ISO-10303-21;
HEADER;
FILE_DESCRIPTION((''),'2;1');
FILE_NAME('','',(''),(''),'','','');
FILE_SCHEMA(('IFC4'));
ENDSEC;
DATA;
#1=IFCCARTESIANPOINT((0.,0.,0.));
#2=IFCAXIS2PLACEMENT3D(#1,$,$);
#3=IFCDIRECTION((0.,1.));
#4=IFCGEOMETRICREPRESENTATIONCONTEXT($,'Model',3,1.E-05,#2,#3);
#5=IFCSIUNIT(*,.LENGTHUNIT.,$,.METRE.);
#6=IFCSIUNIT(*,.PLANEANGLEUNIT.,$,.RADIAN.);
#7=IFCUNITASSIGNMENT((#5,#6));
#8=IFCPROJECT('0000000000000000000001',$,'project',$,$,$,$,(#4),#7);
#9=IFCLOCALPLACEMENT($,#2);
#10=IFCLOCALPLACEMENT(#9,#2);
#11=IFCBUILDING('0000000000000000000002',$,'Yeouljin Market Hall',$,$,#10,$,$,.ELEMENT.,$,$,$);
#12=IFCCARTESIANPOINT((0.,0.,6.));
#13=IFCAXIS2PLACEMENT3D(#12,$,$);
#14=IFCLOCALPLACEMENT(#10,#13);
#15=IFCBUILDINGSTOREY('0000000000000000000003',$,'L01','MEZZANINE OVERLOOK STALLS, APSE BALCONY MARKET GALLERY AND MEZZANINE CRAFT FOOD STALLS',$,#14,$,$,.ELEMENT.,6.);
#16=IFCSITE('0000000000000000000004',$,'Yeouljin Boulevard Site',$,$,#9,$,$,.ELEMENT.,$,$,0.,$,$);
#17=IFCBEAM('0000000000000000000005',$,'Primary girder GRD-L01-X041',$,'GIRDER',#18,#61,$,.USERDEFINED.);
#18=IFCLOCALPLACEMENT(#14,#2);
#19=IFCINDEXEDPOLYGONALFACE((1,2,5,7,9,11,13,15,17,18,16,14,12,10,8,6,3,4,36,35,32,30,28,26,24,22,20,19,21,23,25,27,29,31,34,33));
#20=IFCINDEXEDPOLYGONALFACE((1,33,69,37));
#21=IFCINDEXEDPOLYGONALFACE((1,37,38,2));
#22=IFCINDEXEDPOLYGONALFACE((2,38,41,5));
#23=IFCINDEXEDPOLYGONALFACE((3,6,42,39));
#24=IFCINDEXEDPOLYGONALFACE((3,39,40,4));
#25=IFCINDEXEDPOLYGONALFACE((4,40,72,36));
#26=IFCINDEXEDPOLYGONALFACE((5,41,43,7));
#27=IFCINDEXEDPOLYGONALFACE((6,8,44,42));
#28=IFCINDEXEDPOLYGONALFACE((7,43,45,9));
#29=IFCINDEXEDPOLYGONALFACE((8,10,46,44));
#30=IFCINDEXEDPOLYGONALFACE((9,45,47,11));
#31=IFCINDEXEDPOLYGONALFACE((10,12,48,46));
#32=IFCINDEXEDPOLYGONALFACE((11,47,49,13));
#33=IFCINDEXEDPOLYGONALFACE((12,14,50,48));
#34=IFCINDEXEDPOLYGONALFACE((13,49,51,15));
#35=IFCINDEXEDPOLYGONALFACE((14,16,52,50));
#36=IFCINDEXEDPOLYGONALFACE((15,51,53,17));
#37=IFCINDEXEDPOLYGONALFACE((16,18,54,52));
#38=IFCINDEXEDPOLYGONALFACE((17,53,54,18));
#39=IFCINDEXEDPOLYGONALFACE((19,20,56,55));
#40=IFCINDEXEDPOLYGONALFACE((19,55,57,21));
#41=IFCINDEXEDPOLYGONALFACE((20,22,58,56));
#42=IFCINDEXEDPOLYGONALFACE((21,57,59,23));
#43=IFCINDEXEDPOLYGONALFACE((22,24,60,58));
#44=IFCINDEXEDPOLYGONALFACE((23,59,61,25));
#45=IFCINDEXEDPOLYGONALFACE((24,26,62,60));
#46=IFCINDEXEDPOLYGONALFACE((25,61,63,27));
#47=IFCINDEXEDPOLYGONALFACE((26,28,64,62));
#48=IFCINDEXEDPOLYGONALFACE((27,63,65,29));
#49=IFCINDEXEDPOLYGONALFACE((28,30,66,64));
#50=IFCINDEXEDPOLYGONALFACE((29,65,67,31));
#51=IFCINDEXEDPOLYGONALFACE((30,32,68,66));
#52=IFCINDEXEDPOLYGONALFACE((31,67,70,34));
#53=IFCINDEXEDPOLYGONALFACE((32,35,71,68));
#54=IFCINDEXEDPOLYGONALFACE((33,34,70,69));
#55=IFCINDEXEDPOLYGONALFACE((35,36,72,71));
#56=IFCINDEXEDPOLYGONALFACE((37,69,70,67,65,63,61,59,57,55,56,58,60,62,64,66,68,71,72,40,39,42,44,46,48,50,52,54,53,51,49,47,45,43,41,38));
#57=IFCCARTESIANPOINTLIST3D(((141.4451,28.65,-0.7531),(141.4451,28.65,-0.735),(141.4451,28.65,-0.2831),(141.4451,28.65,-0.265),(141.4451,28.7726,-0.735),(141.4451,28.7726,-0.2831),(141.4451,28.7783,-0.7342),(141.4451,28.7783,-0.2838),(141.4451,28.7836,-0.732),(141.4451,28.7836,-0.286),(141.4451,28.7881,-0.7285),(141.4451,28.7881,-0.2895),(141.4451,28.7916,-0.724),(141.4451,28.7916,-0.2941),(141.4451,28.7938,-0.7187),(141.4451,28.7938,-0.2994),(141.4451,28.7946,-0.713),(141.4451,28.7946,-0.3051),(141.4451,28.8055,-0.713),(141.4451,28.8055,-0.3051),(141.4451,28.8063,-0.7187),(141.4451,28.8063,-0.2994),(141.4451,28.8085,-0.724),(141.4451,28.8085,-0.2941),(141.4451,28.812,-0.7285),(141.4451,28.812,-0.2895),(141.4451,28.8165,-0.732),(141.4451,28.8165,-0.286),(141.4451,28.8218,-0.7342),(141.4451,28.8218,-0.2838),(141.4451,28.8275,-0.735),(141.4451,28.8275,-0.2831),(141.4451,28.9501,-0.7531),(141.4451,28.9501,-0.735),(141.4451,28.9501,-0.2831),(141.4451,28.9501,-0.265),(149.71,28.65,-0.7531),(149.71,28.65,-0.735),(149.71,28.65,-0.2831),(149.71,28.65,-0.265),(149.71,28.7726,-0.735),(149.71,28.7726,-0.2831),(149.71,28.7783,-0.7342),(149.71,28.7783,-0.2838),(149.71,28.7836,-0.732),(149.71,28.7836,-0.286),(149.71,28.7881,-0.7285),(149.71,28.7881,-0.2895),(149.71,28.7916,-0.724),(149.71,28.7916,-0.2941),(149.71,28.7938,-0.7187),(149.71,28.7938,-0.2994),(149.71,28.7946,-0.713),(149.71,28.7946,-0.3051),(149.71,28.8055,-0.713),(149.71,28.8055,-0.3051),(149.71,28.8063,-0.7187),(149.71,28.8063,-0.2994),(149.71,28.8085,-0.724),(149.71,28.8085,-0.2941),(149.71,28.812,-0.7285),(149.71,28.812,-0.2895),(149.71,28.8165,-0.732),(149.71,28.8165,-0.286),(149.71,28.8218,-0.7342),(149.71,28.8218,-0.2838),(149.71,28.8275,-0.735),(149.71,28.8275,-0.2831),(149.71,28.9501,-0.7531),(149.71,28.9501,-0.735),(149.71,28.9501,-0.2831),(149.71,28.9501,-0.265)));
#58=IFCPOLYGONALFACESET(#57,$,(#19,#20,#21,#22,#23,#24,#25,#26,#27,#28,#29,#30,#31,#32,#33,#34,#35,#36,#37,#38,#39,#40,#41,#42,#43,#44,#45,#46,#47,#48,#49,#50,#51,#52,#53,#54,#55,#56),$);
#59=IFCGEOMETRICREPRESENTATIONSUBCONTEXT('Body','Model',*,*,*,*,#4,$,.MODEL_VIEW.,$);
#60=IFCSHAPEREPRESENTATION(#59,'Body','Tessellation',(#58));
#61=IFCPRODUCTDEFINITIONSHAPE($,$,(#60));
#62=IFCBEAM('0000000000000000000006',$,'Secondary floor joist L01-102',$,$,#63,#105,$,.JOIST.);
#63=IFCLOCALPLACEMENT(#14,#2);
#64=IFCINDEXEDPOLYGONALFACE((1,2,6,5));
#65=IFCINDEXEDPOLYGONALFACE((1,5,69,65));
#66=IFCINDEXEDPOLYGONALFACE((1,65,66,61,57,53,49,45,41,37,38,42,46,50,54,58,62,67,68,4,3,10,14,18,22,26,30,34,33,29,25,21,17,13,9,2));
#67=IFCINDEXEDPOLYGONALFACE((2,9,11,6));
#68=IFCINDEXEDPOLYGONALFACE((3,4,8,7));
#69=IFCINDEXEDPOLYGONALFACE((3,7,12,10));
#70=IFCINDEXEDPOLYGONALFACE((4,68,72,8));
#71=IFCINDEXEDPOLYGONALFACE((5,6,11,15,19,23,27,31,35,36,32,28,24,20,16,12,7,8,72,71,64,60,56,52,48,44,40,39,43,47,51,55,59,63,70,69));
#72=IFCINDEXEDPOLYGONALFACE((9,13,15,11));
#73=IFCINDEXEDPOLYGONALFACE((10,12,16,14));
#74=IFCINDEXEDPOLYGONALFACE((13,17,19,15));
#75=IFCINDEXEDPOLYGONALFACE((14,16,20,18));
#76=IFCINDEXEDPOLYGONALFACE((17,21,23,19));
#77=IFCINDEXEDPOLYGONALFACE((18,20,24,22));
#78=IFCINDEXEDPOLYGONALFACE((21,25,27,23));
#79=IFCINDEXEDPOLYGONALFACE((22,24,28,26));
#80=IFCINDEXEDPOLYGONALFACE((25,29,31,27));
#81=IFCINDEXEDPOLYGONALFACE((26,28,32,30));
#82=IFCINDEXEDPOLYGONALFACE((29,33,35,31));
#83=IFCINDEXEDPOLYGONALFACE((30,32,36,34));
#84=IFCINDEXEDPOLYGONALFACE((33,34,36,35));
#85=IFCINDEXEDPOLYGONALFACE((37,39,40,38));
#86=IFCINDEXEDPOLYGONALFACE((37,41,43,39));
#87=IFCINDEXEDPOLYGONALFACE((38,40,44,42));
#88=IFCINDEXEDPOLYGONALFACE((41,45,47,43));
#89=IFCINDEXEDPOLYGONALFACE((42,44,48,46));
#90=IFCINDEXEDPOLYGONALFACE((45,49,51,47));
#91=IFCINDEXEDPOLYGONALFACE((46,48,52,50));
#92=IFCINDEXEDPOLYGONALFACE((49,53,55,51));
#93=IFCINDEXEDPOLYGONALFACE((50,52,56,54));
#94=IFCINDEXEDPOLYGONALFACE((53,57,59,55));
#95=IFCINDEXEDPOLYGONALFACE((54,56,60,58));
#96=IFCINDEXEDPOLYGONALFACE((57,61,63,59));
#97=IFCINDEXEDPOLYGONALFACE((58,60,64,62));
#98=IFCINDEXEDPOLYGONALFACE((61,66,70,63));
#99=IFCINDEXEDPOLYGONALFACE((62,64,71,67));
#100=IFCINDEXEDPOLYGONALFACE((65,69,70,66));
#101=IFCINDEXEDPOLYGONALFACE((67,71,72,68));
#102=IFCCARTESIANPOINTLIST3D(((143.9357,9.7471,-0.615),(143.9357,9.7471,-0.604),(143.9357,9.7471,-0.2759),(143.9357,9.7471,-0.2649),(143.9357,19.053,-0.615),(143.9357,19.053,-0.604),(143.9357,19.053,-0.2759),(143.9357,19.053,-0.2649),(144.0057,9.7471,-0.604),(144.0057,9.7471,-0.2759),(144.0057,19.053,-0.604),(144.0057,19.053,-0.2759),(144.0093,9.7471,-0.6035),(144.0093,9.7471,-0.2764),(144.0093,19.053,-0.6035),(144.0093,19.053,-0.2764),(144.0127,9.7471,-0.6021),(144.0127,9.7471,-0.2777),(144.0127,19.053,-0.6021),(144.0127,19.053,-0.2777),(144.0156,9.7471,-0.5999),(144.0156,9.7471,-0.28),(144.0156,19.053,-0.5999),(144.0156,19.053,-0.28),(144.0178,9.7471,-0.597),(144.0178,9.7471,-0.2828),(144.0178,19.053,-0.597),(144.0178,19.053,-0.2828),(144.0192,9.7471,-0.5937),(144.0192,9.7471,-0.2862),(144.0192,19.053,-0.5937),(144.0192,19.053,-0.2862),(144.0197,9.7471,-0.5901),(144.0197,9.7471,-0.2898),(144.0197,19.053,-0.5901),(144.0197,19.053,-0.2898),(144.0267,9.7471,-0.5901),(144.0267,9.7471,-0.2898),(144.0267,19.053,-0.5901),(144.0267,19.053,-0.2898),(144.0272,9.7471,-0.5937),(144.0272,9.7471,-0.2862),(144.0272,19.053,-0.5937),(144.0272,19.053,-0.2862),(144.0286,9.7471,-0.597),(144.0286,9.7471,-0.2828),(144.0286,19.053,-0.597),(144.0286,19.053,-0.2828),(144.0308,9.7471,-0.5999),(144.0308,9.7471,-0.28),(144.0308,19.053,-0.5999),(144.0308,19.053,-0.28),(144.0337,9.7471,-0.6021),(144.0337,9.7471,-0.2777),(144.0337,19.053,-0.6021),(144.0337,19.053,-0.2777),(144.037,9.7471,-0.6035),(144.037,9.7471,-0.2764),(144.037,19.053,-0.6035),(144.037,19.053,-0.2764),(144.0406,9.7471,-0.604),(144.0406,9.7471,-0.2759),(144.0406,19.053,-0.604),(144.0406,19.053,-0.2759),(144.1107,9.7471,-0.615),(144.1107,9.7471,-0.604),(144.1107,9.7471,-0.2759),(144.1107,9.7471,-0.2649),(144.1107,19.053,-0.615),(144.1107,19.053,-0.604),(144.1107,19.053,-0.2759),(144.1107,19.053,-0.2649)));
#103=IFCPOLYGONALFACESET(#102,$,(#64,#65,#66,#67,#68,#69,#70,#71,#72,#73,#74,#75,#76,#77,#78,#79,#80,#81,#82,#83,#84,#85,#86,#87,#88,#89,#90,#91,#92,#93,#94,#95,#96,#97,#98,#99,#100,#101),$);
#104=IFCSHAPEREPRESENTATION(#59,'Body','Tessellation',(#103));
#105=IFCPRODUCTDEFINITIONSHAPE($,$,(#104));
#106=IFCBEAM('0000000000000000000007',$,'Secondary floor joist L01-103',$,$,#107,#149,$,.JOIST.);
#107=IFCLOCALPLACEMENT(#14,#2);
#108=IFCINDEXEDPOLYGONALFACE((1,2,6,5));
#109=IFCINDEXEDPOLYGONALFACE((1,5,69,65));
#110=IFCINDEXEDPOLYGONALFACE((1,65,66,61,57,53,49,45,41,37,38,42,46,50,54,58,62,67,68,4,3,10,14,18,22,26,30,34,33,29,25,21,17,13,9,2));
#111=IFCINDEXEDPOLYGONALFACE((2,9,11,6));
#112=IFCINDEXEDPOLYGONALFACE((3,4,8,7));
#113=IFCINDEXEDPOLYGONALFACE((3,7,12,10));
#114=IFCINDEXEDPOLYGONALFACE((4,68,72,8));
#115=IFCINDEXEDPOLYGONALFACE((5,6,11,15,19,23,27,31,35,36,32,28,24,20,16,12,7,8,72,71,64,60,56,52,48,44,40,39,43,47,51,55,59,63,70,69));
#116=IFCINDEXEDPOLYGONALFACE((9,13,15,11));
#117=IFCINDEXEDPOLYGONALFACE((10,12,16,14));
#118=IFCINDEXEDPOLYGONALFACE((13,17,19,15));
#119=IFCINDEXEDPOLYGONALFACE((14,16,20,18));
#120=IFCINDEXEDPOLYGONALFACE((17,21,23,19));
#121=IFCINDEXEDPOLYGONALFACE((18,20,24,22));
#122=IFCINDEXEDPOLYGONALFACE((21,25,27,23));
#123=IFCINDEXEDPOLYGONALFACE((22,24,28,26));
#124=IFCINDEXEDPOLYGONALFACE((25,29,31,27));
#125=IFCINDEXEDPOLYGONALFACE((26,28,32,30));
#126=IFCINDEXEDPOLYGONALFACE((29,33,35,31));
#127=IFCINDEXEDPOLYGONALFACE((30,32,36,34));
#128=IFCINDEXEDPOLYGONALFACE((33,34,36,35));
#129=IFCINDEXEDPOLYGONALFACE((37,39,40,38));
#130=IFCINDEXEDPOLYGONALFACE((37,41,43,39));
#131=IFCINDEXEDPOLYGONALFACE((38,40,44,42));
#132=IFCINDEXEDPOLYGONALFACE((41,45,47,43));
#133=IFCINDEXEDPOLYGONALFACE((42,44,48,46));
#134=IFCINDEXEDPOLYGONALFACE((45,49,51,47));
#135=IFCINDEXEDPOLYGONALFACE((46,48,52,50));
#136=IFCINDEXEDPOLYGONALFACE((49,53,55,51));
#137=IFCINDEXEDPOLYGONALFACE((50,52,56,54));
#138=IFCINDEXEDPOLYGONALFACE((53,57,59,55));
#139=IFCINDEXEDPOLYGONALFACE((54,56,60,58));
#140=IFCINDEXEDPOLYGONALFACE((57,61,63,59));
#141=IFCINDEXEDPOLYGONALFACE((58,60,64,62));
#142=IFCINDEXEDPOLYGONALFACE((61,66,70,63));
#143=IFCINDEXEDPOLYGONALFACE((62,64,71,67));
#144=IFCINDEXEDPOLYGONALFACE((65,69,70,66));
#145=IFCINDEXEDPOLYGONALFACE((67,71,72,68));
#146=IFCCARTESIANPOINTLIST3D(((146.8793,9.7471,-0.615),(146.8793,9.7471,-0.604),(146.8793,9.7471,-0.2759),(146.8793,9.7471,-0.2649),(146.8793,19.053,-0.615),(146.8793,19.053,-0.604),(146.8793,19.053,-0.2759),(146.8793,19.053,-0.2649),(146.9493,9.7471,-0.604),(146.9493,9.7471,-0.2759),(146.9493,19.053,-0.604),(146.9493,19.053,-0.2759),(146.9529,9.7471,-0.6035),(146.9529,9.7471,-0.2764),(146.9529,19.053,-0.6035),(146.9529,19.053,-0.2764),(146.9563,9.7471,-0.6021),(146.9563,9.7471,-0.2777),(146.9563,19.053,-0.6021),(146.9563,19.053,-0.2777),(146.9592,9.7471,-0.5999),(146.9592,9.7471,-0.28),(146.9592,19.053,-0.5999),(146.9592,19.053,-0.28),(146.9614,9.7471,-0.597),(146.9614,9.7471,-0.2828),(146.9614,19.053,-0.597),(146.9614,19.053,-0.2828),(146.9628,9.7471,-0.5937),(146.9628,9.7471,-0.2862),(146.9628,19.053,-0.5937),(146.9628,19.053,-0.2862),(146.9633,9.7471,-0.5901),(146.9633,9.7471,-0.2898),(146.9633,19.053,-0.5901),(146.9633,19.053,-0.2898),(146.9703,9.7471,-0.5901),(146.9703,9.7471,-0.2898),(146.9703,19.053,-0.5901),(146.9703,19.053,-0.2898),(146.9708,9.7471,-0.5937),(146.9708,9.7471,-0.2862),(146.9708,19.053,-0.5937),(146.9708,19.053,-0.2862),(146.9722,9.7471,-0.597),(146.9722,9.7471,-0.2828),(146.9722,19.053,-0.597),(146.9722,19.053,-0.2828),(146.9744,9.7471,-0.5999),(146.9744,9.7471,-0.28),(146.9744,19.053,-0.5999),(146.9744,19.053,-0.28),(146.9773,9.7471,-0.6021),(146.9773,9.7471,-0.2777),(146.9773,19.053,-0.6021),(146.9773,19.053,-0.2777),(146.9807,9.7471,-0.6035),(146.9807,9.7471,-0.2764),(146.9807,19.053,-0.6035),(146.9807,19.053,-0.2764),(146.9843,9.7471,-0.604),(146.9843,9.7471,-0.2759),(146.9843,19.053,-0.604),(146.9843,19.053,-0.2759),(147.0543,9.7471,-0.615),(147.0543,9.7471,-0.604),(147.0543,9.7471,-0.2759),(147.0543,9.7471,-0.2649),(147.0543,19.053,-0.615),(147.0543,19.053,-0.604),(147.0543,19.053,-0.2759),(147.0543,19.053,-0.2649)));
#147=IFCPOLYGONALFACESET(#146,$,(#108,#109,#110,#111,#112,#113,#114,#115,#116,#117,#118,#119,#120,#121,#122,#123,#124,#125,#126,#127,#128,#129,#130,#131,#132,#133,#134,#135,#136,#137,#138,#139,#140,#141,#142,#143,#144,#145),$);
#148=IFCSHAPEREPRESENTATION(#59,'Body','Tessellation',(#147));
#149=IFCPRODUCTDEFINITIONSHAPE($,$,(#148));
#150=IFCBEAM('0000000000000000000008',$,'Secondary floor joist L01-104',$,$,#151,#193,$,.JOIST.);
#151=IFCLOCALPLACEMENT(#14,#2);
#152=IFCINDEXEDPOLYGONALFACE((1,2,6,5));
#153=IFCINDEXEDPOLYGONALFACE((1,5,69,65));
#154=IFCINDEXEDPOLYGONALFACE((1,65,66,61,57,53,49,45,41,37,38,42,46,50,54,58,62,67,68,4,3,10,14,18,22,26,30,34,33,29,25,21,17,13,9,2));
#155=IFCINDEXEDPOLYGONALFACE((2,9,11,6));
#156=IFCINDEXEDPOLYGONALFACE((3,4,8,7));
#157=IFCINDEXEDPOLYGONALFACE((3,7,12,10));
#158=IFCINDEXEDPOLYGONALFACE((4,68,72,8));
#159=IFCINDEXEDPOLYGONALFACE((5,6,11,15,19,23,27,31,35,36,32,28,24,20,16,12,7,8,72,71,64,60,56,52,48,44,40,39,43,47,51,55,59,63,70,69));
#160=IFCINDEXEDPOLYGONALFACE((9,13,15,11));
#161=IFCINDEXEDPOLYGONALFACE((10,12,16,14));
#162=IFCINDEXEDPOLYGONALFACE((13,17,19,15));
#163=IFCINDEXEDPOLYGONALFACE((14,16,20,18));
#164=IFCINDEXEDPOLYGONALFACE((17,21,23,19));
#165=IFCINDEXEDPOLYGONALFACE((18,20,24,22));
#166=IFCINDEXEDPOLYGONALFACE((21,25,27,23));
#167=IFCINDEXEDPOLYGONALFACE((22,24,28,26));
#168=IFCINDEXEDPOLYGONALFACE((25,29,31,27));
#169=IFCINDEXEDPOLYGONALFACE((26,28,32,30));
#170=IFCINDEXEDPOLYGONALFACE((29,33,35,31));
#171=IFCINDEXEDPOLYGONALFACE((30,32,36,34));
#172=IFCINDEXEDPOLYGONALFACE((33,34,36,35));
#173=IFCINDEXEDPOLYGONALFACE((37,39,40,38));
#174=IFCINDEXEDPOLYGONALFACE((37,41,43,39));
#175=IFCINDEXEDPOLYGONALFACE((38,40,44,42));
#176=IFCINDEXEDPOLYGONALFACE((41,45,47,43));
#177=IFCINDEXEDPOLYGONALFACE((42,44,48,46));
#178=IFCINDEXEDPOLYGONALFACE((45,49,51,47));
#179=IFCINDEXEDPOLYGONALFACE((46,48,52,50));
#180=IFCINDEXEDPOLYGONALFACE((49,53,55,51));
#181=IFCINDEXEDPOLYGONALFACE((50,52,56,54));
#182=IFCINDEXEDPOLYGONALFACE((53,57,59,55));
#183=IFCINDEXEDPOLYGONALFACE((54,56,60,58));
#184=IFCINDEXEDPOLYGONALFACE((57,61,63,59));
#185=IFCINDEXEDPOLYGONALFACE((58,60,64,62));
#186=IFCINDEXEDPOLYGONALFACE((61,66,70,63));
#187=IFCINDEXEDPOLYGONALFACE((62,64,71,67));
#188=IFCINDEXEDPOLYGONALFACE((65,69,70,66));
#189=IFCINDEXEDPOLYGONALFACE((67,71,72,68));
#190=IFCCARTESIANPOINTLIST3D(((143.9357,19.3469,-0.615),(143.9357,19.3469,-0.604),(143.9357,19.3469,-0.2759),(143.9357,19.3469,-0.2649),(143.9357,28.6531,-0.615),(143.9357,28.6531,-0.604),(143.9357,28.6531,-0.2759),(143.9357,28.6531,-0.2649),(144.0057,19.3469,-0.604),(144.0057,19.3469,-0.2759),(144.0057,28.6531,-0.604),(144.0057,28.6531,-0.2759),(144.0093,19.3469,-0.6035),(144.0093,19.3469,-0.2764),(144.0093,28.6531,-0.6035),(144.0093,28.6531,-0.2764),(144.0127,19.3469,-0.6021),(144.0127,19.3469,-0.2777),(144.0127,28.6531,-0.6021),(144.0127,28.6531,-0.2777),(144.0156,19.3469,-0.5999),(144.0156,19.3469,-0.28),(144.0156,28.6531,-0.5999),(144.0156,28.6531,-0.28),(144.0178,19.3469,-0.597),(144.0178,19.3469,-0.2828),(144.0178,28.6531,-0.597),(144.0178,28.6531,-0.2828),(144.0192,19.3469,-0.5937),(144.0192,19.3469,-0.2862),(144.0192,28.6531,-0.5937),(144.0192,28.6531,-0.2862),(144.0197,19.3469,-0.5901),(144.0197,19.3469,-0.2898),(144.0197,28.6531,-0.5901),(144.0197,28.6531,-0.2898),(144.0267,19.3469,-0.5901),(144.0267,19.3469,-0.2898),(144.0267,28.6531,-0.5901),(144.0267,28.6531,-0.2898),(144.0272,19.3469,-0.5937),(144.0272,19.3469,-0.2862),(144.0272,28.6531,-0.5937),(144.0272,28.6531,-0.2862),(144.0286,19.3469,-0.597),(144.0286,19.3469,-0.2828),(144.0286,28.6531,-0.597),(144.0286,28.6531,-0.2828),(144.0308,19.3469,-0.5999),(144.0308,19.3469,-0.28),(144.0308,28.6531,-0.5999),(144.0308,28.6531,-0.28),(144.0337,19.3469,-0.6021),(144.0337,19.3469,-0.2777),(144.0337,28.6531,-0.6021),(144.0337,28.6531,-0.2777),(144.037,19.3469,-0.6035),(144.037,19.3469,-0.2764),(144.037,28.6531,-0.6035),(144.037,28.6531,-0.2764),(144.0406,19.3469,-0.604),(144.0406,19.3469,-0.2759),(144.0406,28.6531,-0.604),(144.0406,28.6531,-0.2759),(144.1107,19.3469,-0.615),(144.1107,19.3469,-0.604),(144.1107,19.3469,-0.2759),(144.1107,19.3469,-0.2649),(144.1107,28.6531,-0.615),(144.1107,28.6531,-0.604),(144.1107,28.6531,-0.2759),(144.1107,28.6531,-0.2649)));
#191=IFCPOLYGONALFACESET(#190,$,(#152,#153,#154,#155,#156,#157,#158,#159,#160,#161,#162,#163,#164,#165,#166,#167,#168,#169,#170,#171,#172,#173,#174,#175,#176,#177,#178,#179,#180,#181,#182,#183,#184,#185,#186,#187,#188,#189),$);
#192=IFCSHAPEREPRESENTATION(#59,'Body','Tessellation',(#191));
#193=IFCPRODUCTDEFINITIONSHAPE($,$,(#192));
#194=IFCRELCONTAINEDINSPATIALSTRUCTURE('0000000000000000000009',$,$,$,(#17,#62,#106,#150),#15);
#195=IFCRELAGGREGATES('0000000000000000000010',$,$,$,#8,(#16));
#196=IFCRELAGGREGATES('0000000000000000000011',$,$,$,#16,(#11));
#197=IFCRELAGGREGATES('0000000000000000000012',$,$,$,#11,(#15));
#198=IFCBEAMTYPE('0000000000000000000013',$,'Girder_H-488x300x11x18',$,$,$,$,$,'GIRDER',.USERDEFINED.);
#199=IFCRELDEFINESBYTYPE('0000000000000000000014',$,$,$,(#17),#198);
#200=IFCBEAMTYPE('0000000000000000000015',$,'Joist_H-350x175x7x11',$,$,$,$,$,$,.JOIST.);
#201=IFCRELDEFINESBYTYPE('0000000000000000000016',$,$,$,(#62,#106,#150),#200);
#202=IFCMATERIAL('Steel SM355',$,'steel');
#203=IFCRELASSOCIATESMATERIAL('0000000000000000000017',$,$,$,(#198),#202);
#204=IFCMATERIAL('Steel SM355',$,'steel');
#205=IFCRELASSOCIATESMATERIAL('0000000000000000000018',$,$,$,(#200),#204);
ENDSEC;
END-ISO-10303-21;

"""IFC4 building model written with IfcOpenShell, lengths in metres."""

from ifc_helpers import new_model, si_unit, direction, frame, origin, origin_2d, place, context, subcontext, project, spatial, i_section, extrude, material, material_profile, profile_set, type_object, element, save


model = new_model("IFC4")

# Units and contexts
model_context = context("Model", 3, precision=1e-05, world=origin(), true_north=direction((0.0, 1.0)))
body_context = subcontext(model_context, "Body", "Model", "MODEL_VIEW")
ifc_project = project(units=[si_unit("LENGTHUNIT", "METRE"), si_unit("PLANEANGLEUNIT", "RADIAN")], contexts=[model_context])

# Site, building, storey
site_placement = place(None, origin())
site = spatial("IfcSite", under=ifc_project, at=site_placement, Name="Yeouljin Boulevard Site", CompositionType="ELEMENT", RefElevation=0.0)
building_placement = place(site_placement, origin())
building = spatial("IfcBuilding", under=site, at=building_placement, Name="Yeouljin Market Hall", CompositionType="ELEMENT")
storey_placement = place(building_placement, frame((0.0, 0.0, 6.0)))
storey = spatial("IfcBuildingStorey", under=building, at=storey_placement, Name="L01", Description="MEZZANINE OVERLOOK STALLS, APSE BALCONY MARKET GALLERY AND MEZZANINE CRAFT FOOD STALLS", CompositionType="ELEMENT", Elevation=6.0)

# Beams
ifc_material_1 = material(Name="Steel SM355", Category="steel")
ifc_material_profile_1 = material_profile(ifc_material_1, i_section(OverallWidth=0.3, OverallDepth=0.488, WebThickness=0.011, FlangeThickness=0.0181, FilletRadius=0.022, at=origin_2d()), Name="H-488x300x11x18")
ifc_profile_set_1 = profile_set([ifc_material_profile_1], Name="Steel SM355")
beam_type_1 = type_object("IfcBeamType", Name="Girder_H-488x300x11x18", ElementType="GIRDER", PredefinedType="USERDEFINED", material=ifc_profile_set_1)
for number, where, z_axis, x_axis, name in (
    (1, (141.4451, 28.8, -0.509), (1.0, 0.0, 0.0), (0.0, 1.0, 0.0), "Primary girder GRD-L01-X041"),
):
    element("IfcBeam", number, at=place(storey_placement, frame(where, z_axis=z_axis, x_axis=x_axis)), inside=storey, type_object=beam_type_1, Name=name, ObjectType="GIRDER", PredefinedType="USERDEFINED", context=body_context, shape_type="SweptSolid", body=[
        extrude(i_section(OverallWidth=0.3, OverallDepth=0.488, WebThickness=0.011, FlangeThickness=0.0181, FilletRadius=0.022, at=origin_2d()), origin(), (0.0, 0.0, 1.0), 8.2649),
    ])
ifc_material_2 = material(Name="Steel SM355", Category="steel")
ifc_material_profile_2 = material_profile(ifc_material_2, i_section(OverallWidth=0.175, OverallDepth=0.3501, WebThickness=0.0071, FlangeThickness=0.011, FilletRadius=0.0139, at=origin_2d()), Name="H-350x175x7x11")
ifc_profile_set_2 = profile_set([ifc_material_profile_2], Name="Steel SM355")
beam_type_2 = type_object("IfcBeamType", Name="Joist_H-350x175x7x11", PredefinedType="JOIST", material=ifc_profile_set_2)
for number, where, z_axis, x_axis, name in (
    (2, (144.0232, 9.7471, -0.4399), (0.0, 1.0, 0.0), (-1.0, 0.0, 0.0), "Secondary floor joist L01-102"),
    (3, (146.9668, 9.7471, -0.4399), (0.0, 1.0, 0.0), (-1.0, 0.0, 0.0), "Secondary floor joist L01-103"),
):
    element("IfcBeam", number, at=place(storey_placement, frame(where, z_axis=z_axis, x_axis=x_axis)), inside=storey, type_object=beam_type_2, Name=name, PredefinedType="JOIST", context=body_context, shape_type="SweptSolid", body=[
        extrude(i_section(OverallWidth=0.175, OverallDepth=0.3501, WebThickness=0.0071, FlangeThickness=0.011, FilletRadius=0.0139, at=origin_2d()), origin(), (0.0, 0.0, 1.0), 9.3059),
    ])
for number, where, z_axis, x_axis, name in (
    (4, (144.0232, 19.3469, -0.4399), (0.0, 1.0, 0.0), (-1.0, 0.0, 0.0), "Secondary floor joist L01-104"),
):
    element("IfcBeam", number, at=place(storey_placement, frame(where, z_axis=z_axis, x_axis=x_axis)), inside=storey, type_object=beam_type_2, Name=name, PredefinedType="JOIST", context=body_context, shape_type="SweptSolid", body=[
        extrude(i_section(OverallWidth=0.175, OverallDepth=0.3501, WebThickness=0.0071, FlangeThickness=0.011, FilletRadius=0.0139, at=origin_2d()), origin(), (0.0, 0.0, 1.0), 9.3062),
    ])

save(model, "model.ifc")
